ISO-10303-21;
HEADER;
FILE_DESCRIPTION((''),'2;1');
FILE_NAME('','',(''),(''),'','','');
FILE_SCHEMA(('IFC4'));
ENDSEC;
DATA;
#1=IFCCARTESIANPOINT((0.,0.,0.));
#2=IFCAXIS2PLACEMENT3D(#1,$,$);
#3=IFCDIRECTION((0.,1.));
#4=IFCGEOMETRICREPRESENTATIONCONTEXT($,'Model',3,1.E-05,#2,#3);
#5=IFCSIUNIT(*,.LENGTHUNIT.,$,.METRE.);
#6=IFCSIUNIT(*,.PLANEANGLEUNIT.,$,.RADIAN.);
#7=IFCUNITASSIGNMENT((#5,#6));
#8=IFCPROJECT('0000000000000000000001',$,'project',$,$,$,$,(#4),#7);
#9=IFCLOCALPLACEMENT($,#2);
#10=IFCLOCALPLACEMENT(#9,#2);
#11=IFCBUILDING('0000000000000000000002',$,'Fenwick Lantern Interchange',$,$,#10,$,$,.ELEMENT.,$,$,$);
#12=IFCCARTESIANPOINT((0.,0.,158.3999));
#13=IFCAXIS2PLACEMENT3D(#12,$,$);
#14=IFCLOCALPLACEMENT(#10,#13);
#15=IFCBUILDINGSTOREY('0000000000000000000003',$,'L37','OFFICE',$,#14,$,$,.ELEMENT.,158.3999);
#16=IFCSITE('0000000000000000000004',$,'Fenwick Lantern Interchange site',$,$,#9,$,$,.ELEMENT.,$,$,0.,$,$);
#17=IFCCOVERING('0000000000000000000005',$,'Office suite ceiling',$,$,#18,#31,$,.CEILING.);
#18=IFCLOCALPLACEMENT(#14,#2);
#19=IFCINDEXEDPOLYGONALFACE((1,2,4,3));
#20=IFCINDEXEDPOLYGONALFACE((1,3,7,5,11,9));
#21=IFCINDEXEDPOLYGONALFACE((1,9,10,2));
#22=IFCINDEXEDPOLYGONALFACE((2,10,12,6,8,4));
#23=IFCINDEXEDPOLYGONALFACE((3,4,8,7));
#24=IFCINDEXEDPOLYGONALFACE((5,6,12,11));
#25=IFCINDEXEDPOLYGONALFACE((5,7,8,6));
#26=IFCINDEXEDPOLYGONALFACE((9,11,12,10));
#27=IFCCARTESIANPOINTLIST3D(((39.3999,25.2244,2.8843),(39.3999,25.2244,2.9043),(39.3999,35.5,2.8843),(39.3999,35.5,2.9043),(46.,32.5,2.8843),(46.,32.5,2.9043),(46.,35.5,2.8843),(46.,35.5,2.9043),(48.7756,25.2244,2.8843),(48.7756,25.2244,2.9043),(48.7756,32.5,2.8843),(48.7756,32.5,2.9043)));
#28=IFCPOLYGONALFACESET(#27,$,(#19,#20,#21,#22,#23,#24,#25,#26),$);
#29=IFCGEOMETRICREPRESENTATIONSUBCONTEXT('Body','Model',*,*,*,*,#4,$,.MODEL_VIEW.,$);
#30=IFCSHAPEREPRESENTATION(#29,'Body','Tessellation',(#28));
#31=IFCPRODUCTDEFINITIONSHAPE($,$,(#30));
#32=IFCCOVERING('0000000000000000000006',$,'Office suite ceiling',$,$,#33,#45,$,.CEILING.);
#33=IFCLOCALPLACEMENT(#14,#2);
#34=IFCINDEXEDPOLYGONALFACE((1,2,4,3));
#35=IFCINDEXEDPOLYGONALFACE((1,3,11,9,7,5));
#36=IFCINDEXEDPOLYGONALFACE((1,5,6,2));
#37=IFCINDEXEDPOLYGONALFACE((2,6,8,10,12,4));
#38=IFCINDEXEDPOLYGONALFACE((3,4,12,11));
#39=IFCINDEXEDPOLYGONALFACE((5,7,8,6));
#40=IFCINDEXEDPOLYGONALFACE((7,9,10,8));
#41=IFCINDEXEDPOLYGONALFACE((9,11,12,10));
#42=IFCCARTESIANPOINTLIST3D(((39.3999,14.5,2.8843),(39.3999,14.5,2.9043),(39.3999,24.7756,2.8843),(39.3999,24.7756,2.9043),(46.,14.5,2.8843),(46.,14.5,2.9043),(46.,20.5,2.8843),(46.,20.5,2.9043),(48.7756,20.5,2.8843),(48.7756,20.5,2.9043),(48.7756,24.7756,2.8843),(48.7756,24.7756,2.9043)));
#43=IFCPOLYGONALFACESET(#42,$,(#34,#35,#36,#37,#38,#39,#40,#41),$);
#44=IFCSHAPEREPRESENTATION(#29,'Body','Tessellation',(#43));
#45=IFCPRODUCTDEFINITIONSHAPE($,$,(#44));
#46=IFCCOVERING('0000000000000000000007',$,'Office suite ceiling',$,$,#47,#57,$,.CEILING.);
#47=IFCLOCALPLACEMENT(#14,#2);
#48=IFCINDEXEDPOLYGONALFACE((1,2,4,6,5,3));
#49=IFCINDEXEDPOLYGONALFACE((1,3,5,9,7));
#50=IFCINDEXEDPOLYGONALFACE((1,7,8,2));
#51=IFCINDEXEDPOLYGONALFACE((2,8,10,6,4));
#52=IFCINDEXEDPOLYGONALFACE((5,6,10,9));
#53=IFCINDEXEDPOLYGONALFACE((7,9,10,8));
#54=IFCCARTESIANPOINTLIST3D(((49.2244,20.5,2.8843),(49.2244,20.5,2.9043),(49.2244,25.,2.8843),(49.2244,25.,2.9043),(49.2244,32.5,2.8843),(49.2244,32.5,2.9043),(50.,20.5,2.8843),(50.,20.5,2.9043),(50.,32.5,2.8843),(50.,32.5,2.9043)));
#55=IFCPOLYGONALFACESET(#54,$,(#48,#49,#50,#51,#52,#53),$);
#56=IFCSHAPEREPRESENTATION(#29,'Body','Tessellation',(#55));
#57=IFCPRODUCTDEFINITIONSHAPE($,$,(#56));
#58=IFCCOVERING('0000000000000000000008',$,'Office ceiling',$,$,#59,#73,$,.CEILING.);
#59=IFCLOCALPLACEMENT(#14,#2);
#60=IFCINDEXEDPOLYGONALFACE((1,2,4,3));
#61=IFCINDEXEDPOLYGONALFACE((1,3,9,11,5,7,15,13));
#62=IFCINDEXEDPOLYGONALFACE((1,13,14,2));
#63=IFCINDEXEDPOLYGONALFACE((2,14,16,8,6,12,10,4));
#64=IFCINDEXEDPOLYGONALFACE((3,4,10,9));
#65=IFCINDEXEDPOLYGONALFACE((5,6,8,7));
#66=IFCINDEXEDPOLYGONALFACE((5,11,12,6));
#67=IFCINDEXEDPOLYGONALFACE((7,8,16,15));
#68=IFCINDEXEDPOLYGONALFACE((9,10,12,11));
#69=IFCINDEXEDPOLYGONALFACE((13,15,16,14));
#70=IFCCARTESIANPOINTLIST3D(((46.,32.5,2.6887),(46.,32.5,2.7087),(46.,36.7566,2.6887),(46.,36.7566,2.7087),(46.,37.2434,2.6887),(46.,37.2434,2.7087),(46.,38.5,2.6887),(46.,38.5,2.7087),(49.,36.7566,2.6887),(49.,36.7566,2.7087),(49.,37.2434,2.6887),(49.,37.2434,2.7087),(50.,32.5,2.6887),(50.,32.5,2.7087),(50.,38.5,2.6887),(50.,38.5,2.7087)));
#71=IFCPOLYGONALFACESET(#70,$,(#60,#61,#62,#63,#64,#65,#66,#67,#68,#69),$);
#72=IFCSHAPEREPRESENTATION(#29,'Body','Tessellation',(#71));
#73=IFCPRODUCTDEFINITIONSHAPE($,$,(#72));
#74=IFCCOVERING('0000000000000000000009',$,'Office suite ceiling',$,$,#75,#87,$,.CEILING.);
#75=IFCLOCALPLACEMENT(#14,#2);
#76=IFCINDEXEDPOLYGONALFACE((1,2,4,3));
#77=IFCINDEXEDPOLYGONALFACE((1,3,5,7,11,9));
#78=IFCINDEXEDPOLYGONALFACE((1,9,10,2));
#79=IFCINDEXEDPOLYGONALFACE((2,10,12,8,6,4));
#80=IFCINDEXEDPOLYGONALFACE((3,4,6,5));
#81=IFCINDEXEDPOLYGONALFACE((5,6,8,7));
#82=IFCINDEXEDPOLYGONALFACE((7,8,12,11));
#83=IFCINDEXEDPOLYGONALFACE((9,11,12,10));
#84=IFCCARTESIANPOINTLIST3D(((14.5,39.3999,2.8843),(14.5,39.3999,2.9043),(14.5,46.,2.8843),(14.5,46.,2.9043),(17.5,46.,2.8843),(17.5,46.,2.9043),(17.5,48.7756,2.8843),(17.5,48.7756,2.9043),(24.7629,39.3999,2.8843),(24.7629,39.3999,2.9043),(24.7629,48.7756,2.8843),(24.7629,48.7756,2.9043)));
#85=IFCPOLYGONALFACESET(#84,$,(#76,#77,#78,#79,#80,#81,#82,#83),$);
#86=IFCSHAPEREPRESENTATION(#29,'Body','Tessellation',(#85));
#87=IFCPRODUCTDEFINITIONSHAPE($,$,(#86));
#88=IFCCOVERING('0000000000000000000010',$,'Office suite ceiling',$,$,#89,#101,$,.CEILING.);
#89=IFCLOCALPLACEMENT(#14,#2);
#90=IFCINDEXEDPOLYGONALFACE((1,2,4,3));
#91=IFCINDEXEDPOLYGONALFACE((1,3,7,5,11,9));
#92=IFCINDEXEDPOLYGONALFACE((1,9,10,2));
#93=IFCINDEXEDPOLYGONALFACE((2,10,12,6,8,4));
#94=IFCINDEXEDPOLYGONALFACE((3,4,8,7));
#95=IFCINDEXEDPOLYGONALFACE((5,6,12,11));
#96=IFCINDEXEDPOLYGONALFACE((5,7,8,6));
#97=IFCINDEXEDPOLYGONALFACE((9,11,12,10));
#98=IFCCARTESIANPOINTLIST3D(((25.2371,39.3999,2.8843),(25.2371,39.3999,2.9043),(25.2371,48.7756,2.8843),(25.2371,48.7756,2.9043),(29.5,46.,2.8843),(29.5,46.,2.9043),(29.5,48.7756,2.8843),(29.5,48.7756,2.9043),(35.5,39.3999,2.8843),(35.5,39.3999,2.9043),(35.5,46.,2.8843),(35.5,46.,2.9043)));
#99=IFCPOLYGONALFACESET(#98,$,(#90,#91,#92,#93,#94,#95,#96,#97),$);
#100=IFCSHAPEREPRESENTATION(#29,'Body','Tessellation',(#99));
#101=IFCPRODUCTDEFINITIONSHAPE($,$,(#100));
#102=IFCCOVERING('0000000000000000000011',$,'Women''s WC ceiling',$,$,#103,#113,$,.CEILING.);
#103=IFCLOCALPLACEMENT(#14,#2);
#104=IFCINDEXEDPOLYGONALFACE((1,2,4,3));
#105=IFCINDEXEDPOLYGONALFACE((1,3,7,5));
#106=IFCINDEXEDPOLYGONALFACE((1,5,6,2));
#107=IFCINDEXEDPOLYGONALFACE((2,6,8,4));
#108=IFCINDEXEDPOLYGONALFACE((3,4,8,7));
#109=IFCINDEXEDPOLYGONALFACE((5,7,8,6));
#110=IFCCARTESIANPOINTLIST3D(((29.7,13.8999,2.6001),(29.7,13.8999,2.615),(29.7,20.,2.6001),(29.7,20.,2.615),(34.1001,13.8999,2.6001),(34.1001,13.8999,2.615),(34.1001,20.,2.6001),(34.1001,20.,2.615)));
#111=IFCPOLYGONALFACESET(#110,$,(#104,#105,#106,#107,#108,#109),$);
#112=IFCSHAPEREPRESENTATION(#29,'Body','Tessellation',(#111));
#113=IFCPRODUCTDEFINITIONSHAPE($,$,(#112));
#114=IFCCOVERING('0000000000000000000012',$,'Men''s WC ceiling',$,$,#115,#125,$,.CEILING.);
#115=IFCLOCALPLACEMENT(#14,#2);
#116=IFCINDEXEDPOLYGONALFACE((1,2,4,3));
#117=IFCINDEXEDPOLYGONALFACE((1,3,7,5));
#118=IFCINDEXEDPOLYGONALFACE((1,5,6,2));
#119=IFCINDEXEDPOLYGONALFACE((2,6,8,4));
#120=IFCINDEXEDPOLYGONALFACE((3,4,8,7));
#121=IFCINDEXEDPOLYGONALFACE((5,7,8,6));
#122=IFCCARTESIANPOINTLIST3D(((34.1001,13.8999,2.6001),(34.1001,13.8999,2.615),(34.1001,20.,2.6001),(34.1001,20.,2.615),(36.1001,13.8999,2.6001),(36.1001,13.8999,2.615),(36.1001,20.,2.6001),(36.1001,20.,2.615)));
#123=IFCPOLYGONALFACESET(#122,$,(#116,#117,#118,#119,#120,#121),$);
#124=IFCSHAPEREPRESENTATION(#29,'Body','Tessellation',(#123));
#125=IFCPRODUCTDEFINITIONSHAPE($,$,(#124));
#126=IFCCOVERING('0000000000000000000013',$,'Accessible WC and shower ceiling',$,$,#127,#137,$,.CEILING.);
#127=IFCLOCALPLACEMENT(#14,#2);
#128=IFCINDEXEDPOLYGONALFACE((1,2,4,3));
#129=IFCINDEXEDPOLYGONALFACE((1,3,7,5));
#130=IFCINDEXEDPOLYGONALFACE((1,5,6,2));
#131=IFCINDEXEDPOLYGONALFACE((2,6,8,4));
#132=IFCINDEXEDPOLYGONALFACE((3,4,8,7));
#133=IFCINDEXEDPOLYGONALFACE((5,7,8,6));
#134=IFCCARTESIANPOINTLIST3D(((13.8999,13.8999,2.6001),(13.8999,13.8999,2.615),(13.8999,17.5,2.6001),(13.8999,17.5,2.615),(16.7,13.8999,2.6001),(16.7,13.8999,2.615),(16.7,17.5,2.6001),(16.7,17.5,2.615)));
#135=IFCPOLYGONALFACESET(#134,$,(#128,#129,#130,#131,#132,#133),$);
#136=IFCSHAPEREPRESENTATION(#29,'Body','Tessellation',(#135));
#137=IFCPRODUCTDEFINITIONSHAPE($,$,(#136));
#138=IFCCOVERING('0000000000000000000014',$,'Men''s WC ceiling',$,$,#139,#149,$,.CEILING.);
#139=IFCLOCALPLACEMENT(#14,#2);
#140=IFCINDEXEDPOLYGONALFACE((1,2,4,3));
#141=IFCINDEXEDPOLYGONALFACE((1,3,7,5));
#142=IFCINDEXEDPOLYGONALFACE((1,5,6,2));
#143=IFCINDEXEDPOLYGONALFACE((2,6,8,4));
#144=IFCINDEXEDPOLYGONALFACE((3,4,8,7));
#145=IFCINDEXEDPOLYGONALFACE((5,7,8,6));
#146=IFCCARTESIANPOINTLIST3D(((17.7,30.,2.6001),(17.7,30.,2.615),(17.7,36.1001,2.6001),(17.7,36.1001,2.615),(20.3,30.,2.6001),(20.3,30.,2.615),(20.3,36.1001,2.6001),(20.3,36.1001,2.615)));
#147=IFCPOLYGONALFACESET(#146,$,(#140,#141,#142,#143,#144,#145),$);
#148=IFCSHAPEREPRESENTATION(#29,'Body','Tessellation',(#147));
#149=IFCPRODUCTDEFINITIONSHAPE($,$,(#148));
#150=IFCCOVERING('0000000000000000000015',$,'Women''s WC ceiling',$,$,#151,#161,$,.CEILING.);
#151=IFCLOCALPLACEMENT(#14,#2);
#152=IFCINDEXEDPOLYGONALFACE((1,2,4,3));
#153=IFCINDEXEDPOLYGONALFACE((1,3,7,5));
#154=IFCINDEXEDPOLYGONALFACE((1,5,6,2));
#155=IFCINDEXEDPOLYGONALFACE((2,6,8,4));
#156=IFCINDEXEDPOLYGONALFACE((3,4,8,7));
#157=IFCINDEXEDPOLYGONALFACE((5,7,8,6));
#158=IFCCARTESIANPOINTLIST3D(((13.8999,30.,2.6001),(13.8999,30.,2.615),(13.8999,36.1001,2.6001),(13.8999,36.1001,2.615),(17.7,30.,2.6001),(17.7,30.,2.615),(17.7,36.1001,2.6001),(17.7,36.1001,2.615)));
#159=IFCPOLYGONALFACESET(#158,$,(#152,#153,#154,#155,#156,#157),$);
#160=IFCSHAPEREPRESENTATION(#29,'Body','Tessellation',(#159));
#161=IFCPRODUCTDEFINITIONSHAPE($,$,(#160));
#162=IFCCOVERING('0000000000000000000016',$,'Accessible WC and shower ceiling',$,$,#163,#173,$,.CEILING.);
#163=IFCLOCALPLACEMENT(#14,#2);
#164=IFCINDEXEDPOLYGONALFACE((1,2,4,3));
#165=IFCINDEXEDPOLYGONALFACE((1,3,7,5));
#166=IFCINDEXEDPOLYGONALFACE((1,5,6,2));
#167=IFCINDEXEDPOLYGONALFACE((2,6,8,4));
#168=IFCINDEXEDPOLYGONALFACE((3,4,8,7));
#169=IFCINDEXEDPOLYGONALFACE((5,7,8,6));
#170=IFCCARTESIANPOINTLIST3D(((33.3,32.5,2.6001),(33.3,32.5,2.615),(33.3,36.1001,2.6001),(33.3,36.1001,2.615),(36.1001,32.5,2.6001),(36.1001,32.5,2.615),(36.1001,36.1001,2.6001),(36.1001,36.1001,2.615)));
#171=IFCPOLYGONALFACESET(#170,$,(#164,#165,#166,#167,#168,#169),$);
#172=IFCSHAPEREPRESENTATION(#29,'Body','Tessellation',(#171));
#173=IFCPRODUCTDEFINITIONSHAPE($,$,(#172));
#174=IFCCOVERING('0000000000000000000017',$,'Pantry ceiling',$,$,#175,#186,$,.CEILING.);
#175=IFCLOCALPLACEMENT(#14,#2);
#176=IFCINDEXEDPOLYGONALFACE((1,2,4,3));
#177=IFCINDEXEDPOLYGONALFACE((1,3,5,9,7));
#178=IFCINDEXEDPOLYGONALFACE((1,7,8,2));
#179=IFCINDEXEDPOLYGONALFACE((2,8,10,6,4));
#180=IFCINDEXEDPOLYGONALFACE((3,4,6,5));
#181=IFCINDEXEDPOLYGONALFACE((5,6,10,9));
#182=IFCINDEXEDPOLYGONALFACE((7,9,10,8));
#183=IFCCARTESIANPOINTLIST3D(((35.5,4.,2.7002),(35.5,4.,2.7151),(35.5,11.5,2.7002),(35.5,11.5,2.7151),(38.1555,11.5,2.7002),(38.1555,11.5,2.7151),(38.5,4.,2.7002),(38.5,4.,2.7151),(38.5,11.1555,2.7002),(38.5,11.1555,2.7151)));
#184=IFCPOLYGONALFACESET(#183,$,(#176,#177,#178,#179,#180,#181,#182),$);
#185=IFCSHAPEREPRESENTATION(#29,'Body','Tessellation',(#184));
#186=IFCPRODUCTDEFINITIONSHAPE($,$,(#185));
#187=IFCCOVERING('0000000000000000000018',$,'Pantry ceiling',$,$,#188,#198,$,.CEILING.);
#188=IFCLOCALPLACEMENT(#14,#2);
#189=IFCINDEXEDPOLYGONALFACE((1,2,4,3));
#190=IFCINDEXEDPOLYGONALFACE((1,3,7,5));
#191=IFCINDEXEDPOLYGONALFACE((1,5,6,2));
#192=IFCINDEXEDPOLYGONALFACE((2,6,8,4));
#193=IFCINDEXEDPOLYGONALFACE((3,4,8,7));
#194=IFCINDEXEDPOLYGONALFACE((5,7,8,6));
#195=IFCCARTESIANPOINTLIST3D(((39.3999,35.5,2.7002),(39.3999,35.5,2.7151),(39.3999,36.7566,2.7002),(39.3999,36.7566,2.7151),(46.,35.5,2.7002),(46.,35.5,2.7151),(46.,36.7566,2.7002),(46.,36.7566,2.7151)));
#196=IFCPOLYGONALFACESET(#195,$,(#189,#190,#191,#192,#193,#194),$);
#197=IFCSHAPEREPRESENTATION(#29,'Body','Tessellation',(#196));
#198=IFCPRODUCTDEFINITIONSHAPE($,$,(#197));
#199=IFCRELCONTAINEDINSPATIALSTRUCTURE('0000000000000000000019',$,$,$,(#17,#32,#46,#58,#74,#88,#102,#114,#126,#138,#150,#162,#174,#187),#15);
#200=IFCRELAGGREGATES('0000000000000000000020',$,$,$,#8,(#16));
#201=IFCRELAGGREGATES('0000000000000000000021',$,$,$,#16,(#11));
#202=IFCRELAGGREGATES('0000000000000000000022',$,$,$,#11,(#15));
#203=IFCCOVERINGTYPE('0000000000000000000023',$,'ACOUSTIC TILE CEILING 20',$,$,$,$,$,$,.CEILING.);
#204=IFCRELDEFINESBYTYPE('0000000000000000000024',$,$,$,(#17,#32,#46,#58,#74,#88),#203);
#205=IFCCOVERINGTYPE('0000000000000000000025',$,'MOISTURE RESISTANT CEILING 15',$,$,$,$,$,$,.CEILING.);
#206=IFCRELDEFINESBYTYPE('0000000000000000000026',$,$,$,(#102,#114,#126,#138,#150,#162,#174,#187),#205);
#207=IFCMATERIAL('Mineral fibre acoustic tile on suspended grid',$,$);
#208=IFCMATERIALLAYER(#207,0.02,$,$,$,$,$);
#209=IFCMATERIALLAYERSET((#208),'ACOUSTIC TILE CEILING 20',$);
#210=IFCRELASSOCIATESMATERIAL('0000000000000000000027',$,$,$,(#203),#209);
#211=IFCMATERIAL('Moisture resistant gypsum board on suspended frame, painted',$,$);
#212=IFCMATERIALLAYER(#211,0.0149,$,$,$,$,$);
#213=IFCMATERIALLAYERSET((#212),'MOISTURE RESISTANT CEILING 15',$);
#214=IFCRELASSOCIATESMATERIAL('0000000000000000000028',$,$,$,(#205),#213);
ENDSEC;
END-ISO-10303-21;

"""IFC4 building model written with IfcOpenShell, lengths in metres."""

from ifc_helpers import new_model, si_unit, direction, frame, origin, place, context, subcontext, project, spatial, polyline, outline, extrude, material, layer, layer_set, type_object, element, save


model = new_model("IFC4")

# Units and contexts
model_context = context("Model", 3, precision=1e-05, world=origin(), true_north=direction((0.0, 1.0)))
body_context = subcontext(model_context, "Body", "Model", "MODEL_VIEW")
ifc_project = project(units=[si_unit("LENGTHUNIT", "METRE"), si_unit("PLANEANGLEUNIT", "RADIAN")], contexts=[model_context])

# Site, building, storey
site_placement = place(None, origin())
site = spatial("IfcSite", under=ifc_project, at=site_placement, Name="Fenwick Lantern Interchange site", CompositionType="ELEMENT", RefElevation=0.0)
building_placement = place(site_placement, origin())
building = spatial("IfcBuilding", under=site, at=building_placement, Name="Fenwick Lantern Interchange", CompositionType="ELEMENT")
storey_placement = place(building_placement, frame((0.0, 0.0, 158.3999)))
storey = spatial("IfcBuildingStorey", under=building, at=storey_placement, Name="L37", Description="OFFICE", CompositionType="ELEMENT", Elevation=158.3999)

# Coverings
ifc_material_1 = material(Name="Mineral fibre acoustic tile on suspended grid")
ifc_layer_1 = layer(ifc_material_1, 0.02)
ifc_layer_set_1 = layer_set([ifc_layer_1], Name="ACOUSTIC TILE CEILING 20")
covering_type_1 = type_object("IfcCoveringType", Name="ACOUSTIC TILE CEILING 20", PredefinedType="CEILING", material=ifc_layer_set_1)
covering_1_placement = place(storey_placement, frame((0.0, 0.0, 2.8843)))
element("IfcCovering", 1, at=covering_1_placement, inside=storey, type_object=covering_type_1, Name="Office suite ceiling", PredefinedType="CEILING", context=body_context, shape_type="SweptSolid", body=[
    extrude(outline(polyline([(39.3999, 35.5), (39.3999, 25.2244), (48.7756, 25.2244), (48.7756, 32.5), (46.0, 32.5), (46.0, 35.5), (39.3999, 35.5)])), origin(), (0.0, 0.0, 1.0), 0.02),
])
covering_2_placement = place(storey_placement, frame((0.0, 0.0, 2.8843)))
element("IfcCovering", 2, at=covering_2_placement, inside=storey, type_object=covering_type_1, Name="Office suite ceiling", PredefinedType="CEILING", context=body_context, shape_type="SweptSolid", body=[
    extrude(outline(polyline([(46.0, 20.5), (48.7756, 20.5), (48.7756, 24.7756), (39.3999, 24.7756), (39.3999, 14.5), (46.0, 14.5), (46.0, 20.5)])), origin(), (0.0, 0.0, 1.0), 0.02),
])
covering_3_placement = place(storey_placement, frame((0.0, 0.0, 2.8843)))
element("IfcCovering", 3, at=covering_3_placement, inside=storey, type_object=covering_type_1, Name="Office suite ceiling", PredefinedType="CEILING", context=body_context, shape_type="SweptSolid", body=[
    extrude(outline(polyline([(50.0, 20.5), (50.0, 32.5), (49.2244, 32.5), (49.2244, 25.0), (49.2244, 20.5), (50.0, 20.5)])), origin(), (0.0, 0.0, 1.0), 0.02),
])
covering_4_placement = place(storey_placement, frame((0.0, 0.0, 2.6887)))
element("IfcCovering", 4, at=covering_4_placement, inside=storey, type_object=covering_type_1, Name="Office ceiling", PredefinedType="CEILING", context=body_context, shape_type="SweptSolid", body=[
    extrude(outline(polyline([(46.0, 38.5), (46.0, 37.2434), (49.0, 37.2434), (49.0, 36.7566), (46.0, 36.7566), (46.0, 32.5), (50.0, 32.5), (50.0, 38.5), (46.0, 38.5)])), origin(), (0.0, 0.0, 1.0), 0.02),
])
covering_5_placement = place(storey_placement, frame((0.0, 0.0, 2.8843)))
element("IfcCovering", 5, at=covering_5_placement, inside=storey, type_object=covering_type_1, Name="Office suite ceiling", PredefinedType="CEILING", context=body_context, shape_type="SweptSolid", body=[
    extrude(outline(polyline([(14.5, 39.3999), (24.7629, 39.3999), (24.7629, 48.7756), (17.5, 48.7756), (17.5, 46.0), (14.5, 46.0), (14.5, 39.3999)])), origin(), (0.0, 0.0, 1.0), 0.02),
])
covering_6_placement = place(storey_placement, frame((0.0, 0.0, 2.8843)))
element("IfcCovering", 6, at=covering_6_placement, inside=storey, type_object=covering_type_1, Name="Office suite ceiling", PredefinedType="CEILING", context=body_context, shape_type="SweptSolid", body=[
    extrude(outline(polyline([(29.5, 46.0), (29.5, 48.7756), (25.2371, 48.7756), (25.2371, 39.3999), (35.5, 39.3999), (35.5, 46.0), (29.5, 46.0)])), origin(), (0.0, 0.0, 1.0), 0.02),
])
ifc_material_2 = material(Name="Moisture resistant gypsum board on suspended frame, painted")
ifc_layer_2 = layer(ifc_material_2, 0.0149)
ifc_layer_set_2 = layer_set([ifc_layer_2], Name="MOISTURE RESISTANT CEILING 15")
covering_type_2 = type_object("IfcCoveringType", Name="MOISTURE RESISTANT CEILING 15", PredefinedType="CEILING", material=ifc_layer_set_2)
covering_7_placement = place(storey_placement, frame((0.0, 0.0, 2.6001)))
element("IfcCovering", 7, at=covering_7_placement, inside=storey, type_object=covering_type_2, Name="Women's WC ceiling", PredefinedType="CEILING", context=body_context, shape_type="SweptSolid", body=[
    extrude(outline(polyline([(29.7, 13.8999), (34.1001, 13.8999), (34.1001, 20.0), (29.7, 20.0), (29.7, 13.8999)])), origin(), (0.0, 0.0, 1.0), 0.0149),
])
covering_8_placement = place(storey_placement, frame((0.0, 0.0, 2.6001)))
element("IfcCovering", 8, at=covering_8_placement, inside=storey, type_object=covering_type_2, Name="Men's WC ceiling", PredefinedType="CEILING", context=body_context, shape_type="SweptSolid", body=[
    extrude(outline(polyline([(34.1001, 13.8999), (36.1001, 13.8999), (36.1001, 20.0), (34.1001, 20.0), (34.1001, 13.8999)])), origin(), (0.0, 0.0, 1.0), 0.0149),
])
covering_9_placement = place(storey_placement, frame((0.0, 0.0, 2.6001)))
element("IfcCovering", 9, at=covering_9_placement, inside=storey, type_object=covering_type_2, Name="Accessible WC and shower ceiling", PredefinedType="CEILING", context=body_context, shape_type="SweptSolid", body=[
    extrude(outline(polyline([(13.8999, 13.8999), (16.7, 13.8999), (16.7, 17.5), (13.8999, 17.5), (13.8999, 13.8999)])), origin(), (0.0, 0.0, 1.0), 0.0149),
])
covering_10_placement = place(storey_placement, frame((0.0, 0.0, 2.6001)))
element("IfcCovering", 10, at=covering_10_placement, inside=storey, type_object=covering_type_2, Name="Men's WC ceiling", PredefinedType="CEILING", context=body_context, shape_type="SweptSolid", body=[
    extrude(outline(polyline([(20.3, 36.1001), (17.7, 36.1001), (17.7, 30.0), (20.3, 30.0), (20.3, 36.1001)])), origin(), (0.0, 0.0, 1.0), 0.0149),
])
covering_11_placement = place(storey_placement, frame((0.0, 0.0, 2.6001)))
element("IfcCovering", 11, at=covering_11_placement, inside=storey, type_object=covering_type_2, Name="Women's WC ceiling", PredefinedType="CEILING", context=body_context, shape_type="SweptSolid", body=[
    extrude(outline(polyline([(17.7, 36.1001), (13.8999, 36.1001), (13.8999, 30.0), (17.7, 30.0), (17.7, 36.1001)])), origin(), (0.0, 0.0, 1.0), 0.0149),
])
covering_12_placement = place(storey_placement, frame((0.0, 0.0, 2.6001)))
element("IfcCovering", 12, at=covering_12_placement, inside=storey, type_object=covering_type_2, Name="Accessible WC and shower ceiling", PredefinedType="CEILING", context=body_context, shape_type="SweptSolid", body=[
    extrude(outline(polyline([(36.1001, 36.1001), (33.3, 36.1001), (33.3, 32.5), (36.1001, 32.5), (36.1001, 36.1001)])), origin(), (0.0, 0.0, 1.0), 0.0149),
])
covering_13_placement = place(storey_placement, frame((0.0, 0.0, 2.7002)))
element("IfcCovering", 13, at=covering_13_placement, inside=storey, type_object=covering_type_2, Name="Pantry ceiling", PredefinedType="CEILING", context=body_context, shape_type="SweptSolid", body=[
    extrude(outline(polyline([(38.5, 4.0), (38.5, 11.1555), (38.1555, 11.5), (35.5, 11.5), (35.5, 4.0), (38.5, 4.0)])), origin(), (0.0, 0.0, 1.0), 0.0149),
])
covering_14_placement = place(storey_placement, frame((0.0, 0.0, 2.7002)))
element("IfcCovering", 14, at=covering_14_placement, inside=storey, type_object=covering_type_2, Name="Pantry ceiling", PredefinedType="CEILING", context=body_context, shape_type="SweptSolid", body=[
    extrude(outline(polyline([(46.0, 35.5), (46.0, 36.7566), (39.3999, 36.7566), (39.3999, 35.5), (46.0, 35.5)])), origin(), (0.0, 0.0, 1.0), 0.0149),
])

save(model, "model.ifc")
